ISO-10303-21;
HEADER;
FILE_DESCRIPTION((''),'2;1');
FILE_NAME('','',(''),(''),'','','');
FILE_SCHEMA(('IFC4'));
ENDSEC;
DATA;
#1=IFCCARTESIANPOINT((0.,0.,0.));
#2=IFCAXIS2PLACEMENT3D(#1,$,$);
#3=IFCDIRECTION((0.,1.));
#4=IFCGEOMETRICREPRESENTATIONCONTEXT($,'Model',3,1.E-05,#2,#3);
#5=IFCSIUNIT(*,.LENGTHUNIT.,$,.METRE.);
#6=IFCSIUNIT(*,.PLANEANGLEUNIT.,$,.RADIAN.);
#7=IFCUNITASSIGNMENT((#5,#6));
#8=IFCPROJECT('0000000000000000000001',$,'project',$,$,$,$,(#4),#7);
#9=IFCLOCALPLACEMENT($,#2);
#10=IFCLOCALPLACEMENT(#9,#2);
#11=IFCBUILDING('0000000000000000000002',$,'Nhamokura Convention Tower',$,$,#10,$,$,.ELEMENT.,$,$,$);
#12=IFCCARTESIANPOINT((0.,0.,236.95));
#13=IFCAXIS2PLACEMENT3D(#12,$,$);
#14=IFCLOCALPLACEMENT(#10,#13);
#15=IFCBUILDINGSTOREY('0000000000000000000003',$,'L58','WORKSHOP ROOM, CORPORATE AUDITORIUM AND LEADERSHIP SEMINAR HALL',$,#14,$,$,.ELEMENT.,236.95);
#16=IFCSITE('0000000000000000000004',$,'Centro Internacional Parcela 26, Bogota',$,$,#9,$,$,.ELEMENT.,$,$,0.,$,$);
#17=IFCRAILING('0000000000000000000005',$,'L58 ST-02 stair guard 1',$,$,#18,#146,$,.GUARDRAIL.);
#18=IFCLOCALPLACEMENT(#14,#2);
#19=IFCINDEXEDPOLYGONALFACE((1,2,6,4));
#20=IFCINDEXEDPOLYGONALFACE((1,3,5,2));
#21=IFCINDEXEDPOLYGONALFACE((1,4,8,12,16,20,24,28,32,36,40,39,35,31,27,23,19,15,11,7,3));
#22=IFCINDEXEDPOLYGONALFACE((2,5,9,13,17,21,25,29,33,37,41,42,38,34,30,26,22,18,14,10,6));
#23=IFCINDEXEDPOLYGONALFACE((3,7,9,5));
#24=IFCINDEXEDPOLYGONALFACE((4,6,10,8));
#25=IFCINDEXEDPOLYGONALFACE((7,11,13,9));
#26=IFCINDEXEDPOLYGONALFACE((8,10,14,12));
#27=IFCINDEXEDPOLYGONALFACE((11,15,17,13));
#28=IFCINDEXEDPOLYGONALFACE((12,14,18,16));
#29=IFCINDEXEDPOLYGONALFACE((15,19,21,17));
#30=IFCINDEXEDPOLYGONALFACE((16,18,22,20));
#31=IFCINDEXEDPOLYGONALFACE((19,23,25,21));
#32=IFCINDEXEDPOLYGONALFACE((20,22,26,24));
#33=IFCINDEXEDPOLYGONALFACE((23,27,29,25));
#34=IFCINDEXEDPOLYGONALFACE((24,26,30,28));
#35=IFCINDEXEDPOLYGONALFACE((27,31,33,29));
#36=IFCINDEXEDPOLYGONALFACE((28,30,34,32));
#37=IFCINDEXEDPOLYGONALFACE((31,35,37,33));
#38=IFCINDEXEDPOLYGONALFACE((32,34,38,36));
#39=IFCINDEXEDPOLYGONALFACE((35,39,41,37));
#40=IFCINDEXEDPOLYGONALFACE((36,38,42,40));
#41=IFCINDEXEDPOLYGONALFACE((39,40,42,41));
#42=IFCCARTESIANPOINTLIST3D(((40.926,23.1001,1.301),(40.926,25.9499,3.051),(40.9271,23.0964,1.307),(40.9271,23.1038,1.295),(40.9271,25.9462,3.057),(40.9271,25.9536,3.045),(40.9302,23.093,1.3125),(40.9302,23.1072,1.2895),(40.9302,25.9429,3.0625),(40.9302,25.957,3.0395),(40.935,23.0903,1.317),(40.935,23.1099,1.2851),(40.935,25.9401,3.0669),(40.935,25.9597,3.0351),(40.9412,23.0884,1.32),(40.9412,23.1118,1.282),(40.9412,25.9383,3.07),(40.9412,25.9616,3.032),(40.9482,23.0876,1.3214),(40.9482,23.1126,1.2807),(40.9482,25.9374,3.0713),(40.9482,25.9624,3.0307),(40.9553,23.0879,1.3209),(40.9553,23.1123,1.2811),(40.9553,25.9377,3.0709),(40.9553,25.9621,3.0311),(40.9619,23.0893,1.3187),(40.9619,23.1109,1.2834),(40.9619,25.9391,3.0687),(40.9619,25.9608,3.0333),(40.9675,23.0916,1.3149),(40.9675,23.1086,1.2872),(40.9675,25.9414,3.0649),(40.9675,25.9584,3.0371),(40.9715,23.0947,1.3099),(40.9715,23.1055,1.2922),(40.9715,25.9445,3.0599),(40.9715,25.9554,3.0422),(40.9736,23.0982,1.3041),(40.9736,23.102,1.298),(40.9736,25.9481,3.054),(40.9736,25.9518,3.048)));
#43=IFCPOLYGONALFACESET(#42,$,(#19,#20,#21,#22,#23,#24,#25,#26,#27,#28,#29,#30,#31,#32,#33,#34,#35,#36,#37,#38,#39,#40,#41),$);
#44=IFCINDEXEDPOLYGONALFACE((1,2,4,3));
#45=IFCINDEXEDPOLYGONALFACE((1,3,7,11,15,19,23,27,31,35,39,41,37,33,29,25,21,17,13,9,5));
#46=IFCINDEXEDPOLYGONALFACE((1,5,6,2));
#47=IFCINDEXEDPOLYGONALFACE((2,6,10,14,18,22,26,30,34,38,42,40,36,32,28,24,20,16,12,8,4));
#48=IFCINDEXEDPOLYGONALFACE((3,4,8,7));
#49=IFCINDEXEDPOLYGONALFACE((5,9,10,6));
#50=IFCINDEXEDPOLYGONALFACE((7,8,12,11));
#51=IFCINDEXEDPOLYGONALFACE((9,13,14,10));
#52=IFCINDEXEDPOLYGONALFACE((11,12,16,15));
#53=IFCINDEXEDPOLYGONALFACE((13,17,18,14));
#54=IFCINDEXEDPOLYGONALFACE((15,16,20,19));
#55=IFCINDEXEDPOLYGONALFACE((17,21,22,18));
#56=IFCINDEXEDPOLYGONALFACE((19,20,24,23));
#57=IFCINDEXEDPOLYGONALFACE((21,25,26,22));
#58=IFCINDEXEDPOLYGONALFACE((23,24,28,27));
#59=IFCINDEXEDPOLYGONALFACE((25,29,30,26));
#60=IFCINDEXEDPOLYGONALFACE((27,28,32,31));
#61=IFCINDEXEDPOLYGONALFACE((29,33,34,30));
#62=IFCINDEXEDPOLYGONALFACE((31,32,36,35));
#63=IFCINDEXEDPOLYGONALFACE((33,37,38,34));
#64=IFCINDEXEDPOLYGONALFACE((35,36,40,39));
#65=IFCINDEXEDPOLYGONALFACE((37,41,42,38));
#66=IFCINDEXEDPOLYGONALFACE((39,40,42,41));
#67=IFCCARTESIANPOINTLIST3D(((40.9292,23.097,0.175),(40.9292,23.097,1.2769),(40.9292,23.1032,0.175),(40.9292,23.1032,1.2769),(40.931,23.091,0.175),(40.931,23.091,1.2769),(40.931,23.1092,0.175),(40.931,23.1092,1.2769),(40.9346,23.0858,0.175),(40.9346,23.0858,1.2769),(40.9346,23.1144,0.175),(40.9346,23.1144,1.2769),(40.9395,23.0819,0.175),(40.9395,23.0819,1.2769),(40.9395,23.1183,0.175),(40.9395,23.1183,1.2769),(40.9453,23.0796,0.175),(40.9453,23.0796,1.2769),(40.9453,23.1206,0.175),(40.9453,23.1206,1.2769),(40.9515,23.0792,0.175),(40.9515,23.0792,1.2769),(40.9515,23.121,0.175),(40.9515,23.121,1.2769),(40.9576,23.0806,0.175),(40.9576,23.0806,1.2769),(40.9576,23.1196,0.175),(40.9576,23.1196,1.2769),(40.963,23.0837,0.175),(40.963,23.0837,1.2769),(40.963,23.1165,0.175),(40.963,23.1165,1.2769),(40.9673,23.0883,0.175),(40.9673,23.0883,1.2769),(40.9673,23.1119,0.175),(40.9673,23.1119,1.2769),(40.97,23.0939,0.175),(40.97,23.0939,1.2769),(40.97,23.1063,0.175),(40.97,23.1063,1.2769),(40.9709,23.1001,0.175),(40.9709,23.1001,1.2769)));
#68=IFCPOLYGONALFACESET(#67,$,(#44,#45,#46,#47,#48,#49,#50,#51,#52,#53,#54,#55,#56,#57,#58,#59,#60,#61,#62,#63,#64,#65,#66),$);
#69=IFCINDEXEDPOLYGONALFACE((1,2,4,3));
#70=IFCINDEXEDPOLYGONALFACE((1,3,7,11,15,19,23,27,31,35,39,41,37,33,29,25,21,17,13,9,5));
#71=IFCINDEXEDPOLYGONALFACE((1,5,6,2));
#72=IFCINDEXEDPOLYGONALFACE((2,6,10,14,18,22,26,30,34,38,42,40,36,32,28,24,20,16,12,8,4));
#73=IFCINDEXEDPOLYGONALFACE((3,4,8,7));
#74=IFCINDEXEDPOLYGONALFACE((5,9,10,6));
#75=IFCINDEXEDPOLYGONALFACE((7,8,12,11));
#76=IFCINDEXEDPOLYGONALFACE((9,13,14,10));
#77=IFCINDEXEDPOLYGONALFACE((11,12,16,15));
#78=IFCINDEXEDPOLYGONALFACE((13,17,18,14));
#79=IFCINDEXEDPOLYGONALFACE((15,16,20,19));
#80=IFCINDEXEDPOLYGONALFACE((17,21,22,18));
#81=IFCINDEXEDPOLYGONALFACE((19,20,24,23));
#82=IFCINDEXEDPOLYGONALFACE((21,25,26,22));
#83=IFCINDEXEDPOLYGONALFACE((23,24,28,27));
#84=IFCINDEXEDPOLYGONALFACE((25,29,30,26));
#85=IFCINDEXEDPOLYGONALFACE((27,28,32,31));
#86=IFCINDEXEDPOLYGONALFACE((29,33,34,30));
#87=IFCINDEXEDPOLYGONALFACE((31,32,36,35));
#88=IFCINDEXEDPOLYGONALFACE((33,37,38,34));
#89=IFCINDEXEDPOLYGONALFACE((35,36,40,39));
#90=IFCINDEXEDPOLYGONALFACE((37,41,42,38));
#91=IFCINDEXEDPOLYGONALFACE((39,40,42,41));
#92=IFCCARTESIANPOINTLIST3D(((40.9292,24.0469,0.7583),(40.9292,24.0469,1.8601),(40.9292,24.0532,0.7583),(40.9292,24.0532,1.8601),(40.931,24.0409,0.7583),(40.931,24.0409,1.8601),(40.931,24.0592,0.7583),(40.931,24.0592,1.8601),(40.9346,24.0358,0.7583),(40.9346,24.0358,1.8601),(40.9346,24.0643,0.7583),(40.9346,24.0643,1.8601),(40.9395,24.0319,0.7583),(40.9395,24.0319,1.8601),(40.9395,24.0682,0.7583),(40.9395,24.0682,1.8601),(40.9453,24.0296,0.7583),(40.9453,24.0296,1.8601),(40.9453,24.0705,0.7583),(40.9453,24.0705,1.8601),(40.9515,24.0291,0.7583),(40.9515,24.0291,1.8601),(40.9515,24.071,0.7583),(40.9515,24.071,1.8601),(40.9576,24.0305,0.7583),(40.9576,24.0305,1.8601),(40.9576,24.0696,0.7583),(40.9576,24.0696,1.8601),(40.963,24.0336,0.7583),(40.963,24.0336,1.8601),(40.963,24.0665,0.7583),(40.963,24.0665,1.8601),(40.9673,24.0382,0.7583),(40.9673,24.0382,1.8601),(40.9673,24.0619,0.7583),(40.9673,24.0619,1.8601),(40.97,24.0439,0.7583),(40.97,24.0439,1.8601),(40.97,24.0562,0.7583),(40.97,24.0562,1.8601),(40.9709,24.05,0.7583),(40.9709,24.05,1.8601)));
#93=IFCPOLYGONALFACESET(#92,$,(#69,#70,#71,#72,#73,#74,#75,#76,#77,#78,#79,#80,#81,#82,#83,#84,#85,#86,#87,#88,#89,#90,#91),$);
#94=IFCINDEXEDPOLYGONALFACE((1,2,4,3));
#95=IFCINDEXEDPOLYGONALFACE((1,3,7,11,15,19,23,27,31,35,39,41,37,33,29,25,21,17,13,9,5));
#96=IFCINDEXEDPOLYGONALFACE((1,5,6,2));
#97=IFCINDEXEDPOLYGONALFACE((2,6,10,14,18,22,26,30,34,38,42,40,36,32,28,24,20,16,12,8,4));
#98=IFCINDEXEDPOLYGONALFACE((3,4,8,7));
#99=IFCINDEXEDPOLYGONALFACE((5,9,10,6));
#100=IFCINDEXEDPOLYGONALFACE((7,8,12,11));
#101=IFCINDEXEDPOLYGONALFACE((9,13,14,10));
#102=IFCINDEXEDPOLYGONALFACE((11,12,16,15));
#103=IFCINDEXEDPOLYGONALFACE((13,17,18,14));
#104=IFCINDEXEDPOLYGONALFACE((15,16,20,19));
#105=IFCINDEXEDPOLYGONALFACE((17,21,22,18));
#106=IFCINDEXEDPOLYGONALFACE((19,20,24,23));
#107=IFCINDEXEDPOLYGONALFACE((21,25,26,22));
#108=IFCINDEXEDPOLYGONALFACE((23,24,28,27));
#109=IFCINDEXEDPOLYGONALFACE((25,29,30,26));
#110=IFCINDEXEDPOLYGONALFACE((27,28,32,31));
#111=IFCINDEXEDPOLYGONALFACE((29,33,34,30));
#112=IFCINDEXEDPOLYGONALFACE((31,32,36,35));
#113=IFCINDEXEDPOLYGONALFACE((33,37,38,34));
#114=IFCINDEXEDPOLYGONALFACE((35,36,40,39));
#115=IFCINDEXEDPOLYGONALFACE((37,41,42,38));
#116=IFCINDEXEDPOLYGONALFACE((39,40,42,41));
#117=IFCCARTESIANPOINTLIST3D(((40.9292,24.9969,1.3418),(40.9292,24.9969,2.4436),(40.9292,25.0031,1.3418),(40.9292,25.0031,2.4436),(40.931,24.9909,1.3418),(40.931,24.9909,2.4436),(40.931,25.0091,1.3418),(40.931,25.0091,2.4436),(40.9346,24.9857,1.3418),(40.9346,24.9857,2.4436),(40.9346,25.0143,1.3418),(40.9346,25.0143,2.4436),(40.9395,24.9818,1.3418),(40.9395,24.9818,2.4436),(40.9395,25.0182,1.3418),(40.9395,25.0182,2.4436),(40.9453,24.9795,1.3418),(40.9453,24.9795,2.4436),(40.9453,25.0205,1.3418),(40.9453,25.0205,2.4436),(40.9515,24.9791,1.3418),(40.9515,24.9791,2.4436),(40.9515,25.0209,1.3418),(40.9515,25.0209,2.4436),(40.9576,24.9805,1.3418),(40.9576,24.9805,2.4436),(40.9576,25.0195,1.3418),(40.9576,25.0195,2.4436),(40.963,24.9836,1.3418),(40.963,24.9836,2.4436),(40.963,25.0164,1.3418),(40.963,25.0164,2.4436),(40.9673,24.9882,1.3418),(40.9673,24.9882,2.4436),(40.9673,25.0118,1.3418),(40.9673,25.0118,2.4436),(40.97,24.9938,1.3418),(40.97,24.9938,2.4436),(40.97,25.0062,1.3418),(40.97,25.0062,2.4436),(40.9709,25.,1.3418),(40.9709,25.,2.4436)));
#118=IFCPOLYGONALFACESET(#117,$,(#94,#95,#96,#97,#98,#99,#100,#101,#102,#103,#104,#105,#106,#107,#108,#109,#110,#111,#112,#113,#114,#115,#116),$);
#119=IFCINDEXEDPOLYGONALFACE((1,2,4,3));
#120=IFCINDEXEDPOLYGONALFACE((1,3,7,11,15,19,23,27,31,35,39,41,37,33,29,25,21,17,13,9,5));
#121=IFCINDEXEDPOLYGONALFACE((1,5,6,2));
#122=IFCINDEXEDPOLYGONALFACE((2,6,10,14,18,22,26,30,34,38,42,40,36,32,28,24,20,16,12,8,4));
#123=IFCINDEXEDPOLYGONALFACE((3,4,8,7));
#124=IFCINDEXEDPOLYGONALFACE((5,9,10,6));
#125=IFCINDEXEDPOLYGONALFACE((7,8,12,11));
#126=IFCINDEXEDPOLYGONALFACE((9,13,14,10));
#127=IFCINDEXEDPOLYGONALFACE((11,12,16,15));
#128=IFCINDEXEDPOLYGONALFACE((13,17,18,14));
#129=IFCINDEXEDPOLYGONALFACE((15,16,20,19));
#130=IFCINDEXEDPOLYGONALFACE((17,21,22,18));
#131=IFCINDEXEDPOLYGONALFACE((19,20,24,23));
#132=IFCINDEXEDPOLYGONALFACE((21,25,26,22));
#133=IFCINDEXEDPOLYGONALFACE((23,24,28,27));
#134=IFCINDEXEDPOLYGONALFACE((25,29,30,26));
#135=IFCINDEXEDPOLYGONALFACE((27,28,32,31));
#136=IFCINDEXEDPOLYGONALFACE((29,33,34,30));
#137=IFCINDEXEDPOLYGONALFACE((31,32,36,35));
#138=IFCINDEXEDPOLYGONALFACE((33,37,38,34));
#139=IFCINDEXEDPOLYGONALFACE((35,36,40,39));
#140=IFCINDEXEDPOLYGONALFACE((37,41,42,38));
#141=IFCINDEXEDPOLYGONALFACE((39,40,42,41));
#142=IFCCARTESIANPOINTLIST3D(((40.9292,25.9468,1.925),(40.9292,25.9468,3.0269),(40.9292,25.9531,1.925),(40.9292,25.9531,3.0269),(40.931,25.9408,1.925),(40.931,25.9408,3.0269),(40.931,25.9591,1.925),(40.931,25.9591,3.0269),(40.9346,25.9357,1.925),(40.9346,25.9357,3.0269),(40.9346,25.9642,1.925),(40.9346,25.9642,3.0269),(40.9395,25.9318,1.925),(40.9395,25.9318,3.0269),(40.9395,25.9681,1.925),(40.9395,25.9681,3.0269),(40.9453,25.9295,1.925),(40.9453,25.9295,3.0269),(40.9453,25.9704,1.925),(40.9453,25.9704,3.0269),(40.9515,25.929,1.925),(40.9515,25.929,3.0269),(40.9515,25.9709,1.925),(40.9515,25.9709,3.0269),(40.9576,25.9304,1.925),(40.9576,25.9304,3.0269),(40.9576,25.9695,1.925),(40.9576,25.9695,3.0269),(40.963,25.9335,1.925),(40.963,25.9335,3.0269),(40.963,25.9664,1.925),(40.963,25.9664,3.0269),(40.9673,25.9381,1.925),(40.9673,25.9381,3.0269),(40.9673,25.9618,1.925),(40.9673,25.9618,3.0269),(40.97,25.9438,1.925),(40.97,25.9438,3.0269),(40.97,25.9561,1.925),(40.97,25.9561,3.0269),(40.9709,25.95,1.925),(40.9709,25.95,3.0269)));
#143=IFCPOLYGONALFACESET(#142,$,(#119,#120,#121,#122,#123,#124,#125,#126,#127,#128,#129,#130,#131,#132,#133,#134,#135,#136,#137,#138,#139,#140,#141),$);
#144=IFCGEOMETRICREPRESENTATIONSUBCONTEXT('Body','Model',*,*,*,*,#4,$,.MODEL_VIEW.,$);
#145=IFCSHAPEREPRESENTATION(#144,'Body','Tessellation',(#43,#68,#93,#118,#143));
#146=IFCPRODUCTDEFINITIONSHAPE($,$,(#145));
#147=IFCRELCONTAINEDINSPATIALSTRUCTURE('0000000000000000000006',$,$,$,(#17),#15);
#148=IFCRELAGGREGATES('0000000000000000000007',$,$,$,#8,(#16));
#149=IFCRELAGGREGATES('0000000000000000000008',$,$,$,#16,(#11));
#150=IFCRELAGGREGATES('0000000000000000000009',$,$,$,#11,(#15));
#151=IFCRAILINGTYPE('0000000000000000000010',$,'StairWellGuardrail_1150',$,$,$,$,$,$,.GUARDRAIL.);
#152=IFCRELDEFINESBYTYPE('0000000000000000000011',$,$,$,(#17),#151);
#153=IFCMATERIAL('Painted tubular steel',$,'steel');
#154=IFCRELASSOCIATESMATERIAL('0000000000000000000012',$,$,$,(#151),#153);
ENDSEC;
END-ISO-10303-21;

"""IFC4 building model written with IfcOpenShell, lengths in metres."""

from ifc_helpers import new_model, si_unit, direction, frame, origin, origin_2d, place, context, subcontext, project, spatial, circle, extrude, material, type_object, element, save


model = new_model("IFC4")

# Units and contexts
model_context = context("Model", 3, precision=1e-05, world=origin(), true_north=direction((0.0, 1.0)))
body_context = subcontext(model_context, "Body", "Model", "MODEL_VIEW")
ifc_project = project(units=[si_unit("LENGTHUNIT", "METRE"), si_unit("PLANEANGLEUNIT", "RADIAN")], contexts=[model_context])

# Site, building, storey
site_placement = place(None, origin())
site = spatial("IfcSite", under=ifc_project, at=site_placement, Name="Centro Internacional Parcela 26, Bogota", CompositionType="ELEMENT", RefElevation=0.0)
building_placement = place(site_placement, origin())
building = spatial("IfcBuilding", under=site, at=building_placement, Name="Nhamokura Convention Tower", CompositionType="ELEMENT")
storey_placement = place(building_placement, frame((0.0, 0.0, 236.95)))
storey = spatial("IfcBuildingStorey", under=building, at=storey_placement, Name="L58", Description="WORKSHOP ROOM, CORPORATE AUDITORIUM AND LEADERSHIP SEMINAR HALL", CompositionType="ELEMENT", Elevation=236.95)

# Railing
ifc_material_1 = material(Name="Painted tubular steel", Category="steel")
railing_type_1 = type_object("IfcRailingType", Name="StairWellGuardrail_1150", PredefinedType="GUARDRAIL", material=ifc_material_1)
railing_1_placement = place(storey_placement, frame((40.95, 23.1001, 0.175)))
element("IfcRailing", 1, at=railing_1_placement, inside=storey, type_object=railing_type_1, Name="L58 ST-02 stair guard 1", PredefinedType="GUARDRAIL", context=body_context, shape_type="SweptSolid", body=[
    extrude(circle(Radius=0.0239, at=origin_2d()), frame((0.0, 0.0, 1.126), z_axis=(0.0, 0.852159, 0.523283), x_axis=(-1.0, 0.0, 0.0)), (0.0, 0.0, 1.0), 3.3442),
    extrude(circle(Radius=0.021, at=origin_2d()), origin(), (0.0, 0.0, 1.0), 1.1018),
    extrude(circle(Radius=0.021, at=origin_2d()), frame((0.0, 0.95, 0.5833)), (0.0, 0.0, 1.0), 1.1018),
    extrude(circle(Radius=0.021, at=origin_2d()), frame((0.0, 1.8999, 1.1667)), (0.0, 0.0, 1.0), 1.1018),
    extrude(circle(Radius=0.021, at=origin_2d()), frame((0.0, 2.8499, 1.75)), (0.0, 0.0, 1.0), 1.1018),
])

save(model, "model.ifc")
